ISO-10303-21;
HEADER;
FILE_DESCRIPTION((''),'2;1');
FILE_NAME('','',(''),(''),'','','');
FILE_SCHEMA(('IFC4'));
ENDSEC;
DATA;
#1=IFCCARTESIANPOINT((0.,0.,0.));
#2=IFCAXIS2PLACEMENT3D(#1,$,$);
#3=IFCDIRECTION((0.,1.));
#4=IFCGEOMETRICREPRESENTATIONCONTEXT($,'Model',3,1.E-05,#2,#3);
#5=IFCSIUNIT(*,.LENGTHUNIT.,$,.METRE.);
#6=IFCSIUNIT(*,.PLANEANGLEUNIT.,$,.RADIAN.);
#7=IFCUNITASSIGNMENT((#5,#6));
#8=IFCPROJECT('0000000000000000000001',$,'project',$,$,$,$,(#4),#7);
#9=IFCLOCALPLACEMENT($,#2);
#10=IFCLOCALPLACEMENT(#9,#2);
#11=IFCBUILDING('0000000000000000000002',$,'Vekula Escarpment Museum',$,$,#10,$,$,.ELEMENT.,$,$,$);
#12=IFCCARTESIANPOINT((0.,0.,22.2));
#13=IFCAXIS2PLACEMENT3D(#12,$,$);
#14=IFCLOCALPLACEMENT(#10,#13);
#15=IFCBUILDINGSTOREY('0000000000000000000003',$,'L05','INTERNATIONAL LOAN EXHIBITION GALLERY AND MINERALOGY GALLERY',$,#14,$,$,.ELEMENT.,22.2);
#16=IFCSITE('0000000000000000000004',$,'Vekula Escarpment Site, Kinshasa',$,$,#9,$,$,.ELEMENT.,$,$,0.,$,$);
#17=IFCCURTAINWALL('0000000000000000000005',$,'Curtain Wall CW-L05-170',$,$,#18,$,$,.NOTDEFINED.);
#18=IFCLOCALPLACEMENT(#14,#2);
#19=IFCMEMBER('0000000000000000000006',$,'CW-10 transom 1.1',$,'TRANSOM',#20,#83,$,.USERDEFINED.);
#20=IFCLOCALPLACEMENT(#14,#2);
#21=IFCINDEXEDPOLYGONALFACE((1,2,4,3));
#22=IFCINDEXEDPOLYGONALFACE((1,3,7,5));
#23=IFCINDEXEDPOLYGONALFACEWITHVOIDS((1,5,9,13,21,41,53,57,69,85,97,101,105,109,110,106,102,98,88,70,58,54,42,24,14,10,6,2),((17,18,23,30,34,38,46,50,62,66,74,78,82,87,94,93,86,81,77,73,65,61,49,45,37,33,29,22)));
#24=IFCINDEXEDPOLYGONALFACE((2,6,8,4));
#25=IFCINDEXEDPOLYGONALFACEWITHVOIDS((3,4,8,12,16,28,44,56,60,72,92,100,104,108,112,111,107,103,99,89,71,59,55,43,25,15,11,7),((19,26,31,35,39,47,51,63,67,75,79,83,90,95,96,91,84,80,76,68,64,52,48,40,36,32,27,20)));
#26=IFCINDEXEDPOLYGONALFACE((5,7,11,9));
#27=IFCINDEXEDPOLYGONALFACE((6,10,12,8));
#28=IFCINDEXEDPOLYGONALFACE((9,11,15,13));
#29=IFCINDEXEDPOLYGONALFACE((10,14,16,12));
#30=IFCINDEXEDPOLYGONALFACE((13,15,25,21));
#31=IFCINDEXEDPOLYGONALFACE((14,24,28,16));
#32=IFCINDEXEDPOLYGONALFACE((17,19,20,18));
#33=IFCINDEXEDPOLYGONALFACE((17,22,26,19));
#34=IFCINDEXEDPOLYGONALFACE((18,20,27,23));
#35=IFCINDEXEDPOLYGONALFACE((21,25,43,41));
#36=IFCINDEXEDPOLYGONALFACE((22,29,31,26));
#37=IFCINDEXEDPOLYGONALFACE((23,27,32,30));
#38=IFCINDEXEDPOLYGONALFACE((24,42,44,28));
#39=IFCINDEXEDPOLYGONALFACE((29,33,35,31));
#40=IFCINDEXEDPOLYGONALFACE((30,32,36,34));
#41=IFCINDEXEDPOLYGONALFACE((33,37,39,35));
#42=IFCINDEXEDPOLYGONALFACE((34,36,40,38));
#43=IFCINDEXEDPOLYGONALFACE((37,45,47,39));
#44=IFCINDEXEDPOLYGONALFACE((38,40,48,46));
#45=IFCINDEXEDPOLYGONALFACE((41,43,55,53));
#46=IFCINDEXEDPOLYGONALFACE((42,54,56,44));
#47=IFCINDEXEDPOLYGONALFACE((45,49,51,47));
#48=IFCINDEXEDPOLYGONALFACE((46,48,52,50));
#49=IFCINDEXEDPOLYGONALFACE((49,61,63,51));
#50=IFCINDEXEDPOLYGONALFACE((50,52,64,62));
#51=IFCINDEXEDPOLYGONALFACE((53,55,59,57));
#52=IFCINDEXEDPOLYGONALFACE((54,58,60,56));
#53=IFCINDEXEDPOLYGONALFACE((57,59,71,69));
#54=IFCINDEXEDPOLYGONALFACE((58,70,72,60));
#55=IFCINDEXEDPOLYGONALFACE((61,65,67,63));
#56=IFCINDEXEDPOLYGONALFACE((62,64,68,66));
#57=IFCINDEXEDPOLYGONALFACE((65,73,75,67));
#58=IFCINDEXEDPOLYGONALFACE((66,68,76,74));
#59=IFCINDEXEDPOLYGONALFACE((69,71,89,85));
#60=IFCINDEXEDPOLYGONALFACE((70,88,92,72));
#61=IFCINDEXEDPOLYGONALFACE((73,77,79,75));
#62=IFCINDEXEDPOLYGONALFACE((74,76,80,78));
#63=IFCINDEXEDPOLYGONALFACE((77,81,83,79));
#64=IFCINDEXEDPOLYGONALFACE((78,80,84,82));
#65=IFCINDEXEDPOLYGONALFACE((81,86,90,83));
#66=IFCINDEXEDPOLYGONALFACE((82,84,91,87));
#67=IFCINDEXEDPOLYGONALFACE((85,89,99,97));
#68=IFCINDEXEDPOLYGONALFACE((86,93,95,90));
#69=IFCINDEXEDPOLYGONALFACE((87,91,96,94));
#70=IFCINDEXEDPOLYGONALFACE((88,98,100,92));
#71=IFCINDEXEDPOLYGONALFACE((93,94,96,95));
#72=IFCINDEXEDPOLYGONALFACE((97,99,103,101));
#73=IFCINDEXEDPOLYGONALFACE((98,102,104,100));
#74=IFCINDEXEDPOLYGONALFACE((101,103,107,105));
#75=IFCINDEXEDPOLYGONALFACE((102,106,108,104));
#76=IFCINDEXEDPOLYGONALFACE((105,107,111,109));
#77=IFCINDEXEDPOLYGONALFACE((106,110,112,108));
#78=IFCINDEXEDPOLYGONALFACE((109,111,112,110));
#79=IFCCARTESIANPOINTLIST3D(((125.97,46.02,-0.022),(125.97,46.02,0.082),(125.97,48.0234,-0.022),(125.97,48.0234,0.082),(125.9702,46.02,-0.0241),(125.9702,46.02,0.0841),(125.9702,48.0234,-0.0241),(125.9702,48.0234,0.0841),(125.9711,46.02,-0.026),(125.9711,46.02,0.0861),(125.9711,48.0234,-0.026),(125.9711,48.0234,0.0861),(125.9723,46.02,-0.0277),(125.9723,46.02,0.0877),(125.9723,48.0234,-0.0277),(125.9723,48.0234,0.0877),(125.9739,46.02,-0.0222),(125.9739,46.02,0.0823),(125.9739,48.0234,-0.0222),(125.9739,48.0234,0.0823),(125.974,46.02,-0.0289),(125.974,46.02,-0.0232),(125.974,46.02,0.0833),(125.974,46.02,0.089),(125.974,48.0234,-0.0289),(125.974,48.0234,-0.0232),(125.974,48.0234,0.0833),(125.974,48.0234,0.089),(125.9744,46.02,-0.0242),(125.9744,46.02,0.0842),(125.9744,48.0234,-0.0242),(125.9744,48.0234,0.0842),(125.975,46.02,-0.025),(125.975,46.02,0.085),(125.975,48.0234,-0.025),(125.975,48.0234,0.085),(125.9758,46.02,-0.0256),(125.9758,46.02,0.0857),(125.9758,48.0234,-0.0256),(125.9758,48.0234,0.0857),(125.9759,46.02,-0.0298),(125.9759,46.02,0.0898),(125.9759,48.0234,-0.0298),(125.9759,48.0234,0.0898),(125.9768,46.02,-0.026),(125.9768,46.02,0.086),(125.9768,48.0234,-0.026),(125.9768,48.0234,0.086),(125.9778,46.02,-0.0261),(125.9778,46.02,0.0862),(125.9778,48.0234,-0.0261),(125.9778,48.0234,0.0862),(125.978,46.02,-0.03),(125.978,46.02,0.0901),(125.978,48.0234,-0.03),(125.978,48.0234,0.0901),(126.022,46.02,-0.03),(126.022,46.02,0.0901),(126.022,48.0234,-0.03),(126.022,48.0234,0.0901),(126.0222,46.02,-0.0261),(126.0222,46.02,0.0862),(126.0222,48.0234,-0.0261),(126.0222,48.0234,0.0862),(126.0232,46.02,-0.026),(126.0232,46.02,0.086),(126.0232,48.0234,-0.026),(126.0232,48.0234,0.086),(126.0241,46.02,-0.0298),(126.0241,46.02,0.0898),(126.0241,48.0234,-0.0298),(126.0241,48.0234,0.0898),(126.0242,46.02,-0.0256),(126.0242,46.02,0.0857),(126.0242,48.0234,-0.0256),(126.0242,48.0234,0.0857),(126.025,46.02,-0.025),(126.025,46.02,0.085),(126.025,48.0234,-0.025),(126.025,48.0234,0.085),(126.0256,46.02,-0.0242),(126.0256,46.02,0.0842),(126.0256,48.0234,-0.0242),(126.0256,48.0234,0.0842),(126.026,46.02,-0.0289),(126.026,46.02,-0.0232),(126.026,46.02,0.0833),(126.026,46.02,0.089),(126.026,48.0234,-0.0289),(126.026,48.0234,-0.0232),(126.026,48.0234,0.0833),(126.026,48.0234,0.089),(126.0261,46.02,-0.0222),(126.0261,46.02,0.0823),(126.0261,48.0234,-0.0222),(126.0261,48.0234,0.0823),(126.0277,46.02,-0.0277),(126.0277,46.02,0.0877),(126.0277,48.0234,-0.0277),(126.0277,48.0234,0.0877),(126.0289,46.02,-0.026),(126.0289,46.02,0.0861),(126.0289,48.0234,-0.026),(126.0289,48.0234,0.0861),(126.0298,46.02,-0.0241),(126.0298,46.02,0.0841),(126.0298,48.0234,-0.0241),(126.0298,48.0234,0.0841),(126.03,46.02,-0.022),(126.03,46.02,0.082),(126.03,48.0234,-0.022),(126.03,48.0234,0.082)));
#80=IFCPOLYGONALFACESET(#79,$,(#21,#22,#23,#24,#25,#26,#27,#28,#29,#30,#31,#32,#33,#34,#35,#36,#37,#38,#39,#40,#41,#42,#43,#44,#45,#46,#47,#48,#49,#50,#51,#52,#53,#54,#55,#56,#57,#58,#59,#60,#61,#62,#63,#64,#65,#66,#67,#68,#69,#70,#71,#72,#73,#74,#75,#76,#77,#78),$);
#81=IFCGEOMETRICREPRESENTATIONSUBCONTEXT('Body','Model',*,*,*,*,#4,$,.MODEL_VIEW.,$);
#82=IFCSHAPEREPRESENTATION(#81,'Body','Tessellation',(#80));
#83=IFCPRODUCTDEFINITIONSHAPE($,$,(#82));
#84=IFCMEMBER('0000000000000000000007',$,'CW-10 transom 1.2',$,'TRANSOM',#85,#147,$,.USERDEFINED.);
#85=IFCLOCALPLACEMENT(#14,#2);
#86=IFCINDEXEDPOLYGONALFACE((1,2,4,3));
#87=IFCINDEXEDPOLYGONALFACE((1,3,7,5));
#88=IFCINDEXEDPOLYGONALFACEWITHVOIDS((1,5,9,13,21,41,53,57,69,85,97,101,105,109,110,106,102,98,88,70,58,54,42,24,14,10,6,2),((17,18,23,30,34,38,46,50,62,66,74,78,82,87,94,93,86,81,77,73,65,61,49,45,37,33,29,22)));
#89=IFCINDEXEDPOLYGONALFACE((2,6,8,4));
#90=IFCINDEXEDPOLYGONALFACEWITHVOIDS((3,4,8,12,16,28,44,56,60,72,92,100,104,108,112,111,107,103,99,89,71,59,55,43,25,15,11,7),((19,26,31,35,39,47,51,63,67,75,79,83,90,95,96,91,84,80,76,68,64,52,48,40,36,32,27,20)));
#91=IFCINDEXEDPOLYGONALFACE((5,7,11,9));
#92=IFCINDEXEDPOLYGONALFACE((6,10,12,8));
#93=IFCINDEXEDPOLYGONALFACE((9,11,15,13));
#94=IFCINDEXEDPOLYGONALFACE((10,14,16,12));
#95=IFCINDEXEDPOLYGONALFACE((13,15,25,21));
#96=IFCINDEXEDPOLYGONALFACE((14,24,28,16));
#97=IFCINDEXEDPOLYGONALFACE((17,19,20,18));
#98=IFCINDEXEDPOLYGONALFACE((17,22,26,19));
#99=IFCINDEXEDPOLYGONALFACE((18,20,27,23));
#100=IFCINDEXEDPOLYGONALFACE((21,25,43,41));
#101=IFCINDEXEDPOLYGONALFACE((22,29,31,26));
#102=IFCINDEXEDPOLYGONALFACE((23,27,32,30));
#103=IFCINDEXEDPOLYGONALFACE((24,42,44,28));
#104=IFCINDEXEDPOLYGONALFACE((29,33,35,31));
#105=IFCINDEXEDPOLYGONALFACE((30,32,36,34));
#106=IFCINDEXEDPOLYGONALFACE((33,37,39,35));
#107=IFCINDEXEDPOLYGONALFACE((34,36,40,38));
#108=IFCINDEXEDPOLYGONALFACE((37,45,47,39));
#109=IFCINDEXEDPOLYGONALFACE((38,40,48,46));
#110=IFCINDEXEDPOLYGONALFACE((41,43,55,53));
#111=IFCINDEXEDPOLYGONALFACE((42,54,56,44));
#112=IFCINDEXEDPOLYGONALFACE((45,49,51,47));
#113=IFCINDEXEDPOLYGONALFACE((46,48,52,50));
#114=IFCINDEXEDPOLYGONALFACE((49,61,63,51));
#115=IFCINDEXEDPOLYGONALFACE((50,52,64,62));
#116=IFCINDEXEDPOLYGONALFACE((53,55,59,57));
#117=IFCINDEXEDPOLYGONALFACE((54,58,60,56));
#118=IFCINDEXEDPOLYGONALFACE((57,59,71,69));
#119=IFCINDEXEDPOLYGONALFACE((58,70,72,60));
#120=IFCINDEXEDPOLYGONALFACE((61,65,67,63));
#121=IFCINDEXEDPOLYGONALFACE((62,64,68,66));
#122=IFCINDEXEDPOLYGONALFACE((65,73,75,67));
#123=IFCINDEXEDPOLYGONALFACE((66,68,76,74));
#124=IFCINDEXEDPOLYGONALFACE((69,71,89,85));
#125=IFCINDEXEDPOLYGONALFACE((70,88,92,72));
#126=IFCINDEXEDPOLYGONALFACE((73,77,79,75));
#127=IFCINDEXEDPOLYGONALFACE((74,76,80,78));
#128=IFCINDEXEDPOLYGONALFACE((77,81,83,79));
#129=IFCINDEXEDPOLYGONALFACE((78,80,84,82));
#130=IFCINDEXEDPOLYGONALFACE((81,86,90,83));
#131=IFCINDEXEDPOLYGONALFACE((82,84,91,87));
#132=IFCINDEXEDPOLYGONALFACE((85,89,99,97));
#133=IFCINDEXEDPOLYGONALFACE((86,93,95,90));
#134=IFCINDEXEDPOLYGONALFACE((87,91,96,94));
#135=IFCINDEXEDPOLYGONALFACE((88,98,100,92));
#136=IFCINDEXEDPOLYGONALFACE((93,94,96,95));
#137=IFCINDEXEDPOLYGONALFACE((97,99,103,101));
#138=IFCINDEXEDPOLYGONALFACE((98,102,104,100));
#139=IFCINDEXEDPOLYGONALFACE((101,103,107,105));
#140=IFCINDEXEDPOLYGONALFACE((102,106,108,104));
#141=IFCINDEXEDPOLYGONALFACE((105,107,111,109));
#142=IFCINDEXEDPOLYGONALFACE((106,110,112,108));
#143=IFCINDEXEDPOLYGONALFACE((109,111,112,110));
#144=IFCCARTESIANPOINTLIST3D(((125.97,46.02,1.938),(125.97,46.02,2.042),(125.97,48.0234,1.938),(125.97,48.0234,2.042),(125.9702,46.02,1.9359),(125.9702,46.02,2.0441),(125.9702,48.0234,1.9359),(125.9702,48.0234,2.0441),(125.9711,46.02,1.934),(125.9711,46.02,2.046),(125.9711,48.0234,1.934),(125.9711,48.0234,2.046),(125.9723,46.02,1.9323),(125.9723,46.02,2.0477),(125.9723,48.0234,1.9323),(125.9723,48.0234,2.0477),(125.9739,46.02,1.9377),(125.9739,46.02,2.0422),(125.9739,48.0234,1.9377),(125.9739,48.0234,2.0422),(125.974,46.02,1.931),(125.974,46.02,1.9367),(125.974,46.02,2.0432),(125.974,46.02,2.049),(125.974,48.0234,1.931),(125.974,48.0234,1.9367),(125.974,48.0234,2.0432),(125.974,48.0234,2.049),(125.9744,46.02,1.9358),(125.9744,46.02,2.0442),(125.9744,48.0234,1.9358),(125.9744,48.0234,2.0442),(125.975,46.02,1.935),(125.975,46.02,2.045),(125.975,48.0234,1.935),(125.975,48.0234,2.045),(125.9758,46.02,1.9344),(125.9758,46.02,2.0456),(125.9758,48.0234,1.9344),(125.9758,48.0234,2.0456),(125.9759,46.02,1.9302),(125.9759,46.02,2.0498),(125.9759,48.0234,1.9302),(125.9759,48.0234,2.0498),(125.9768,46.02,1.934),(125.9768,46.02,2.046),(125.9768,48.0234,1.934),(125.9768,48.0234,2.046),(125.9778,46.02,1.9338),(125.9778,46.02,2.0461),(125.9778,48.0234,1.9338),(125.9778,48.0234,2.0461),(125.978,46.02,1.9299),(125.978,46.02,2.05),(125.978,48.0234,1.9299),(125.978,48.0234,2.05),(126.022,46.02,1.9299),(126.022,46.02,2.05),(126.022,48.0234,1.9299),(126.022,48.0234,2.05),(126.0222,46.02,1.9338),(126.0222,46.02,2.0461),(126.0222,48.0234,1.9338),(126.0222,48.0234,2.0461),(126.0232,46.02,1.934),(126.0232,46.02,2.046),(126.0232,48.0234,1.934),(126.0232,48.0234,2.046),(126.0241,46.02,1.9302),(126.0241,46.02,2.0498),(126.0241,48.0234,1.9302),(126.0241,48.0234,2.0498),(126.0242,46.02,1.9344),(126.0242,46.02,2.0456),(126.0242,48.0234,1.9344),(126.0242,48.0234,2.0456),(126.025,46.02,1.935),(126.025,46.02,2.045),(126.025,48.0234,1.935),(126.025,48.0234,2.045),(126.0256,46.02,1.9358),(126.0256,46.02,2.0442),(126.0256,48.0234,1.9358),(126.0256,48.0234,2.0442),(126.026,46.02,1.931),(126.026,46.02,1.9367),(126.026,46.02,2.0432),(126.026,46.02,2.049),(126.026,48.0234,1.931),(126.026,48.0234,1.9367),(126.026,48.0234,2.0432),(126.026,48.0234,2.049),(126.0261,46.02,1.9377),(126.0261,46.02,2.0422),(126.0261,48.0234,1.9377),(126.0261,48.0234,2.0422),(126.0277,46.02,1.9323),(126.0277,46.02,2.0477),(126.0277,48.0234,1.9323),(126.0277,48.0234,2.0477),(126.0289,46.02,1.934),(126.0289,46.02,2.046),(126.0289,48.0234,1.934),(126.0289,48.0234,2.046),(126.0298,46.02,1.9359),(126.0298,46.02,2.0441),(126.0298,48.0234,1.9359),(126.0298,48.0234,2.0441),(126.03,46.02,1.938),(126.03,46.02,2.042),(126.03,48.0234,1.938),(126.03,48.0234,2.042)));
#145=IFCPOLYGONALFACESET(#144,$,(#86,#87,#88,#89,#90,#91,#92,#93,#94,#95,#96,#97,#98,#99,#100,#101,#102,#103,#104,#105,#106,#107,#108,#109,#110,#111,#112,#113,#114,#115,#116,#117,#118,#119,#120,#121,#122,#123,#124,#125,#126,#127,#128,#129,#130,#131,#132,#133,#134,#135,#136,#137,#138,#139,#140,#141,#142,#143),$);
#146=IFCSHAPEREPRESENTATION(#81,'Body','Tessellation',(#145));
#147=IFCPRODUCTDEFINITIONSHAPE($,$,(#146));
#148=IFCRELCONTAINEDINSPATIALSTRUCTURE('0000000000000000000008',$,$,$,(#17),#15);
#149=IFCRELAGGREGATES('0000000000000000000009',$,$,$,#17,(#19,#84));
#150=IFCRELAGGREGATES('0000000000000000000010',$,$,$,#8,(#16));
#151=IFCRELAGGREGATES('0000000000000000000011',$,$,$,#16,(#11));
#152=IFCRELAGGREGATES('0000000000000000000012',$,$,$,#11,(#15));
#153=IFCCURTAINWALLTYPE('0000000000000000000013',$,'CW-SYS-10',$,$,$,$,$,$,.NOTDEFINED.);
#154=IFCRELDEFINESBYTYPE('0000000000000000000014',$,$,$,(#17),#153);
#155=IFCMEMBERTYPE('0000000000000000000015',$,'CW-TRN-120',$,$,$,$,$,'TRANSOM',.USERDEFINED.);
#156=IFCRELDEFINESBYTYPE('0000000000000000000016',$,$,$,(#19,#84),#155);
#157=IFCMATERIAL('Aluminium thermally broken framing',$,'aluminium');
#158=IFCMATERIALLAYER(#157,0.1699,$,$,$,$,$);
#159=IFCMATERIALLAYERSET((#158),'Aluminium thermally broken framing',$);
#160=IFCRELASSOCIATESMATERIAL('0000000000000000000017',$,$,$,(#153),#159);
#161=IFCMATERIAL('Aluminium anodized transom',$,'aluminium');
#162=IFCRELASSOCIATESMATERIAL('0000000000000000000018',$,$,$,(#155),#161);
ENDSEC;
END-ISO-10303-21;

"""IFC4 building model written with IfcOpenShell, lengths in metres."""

from ifc_helpers import new_model, si_unit, direction, frame, origin, origin_2d, place, context, subcontext, project, spatial, hollow_rectangle, extrude, material, layer, layer_set, material_profile, profile_set, type_object, element, aggregate, save


model = new_model("IFC4")

# Units and contexts
model_context = context("Model", 3, precision=1e-05, world=origin(), true_north=direction((0.0, 1.0)))
body_context = subcontext(model_context, "Body", "Model", "MODEL_VIEW")
ifc_project = project(units=[si_unit("LENGTHUNIT", "METRE"), si_unit("PLANEANGLEUNIT", "RADIAN")], contexts=[model_context])

# Site, building, storey
site_placement = place(None, origin())
site = spatial("IfcSite", under=ifc_project, at=site_placement, Name="Vekula Escarpment Site, Kinshasa", CompositionType="ELEMENT", RefElevation=0.0)
building_placement = place(site_placement, origin())
building = spatial("IfcBuilding", under=site, at=building_placement, Name="Vekula Escarpment Museum", CompositionType="ELEMENT")
storey_placement = place(building_placement, frame((0.0, 0.0, 22.2)))
storey = spatial("IfcBuildingStorey", under=building, at=storey_placement, Name="L05", Description="INTERNATIONAL LOAN EXHIBITION GALLERY AND MINERALOGY GALLERY", CompositionType="ELEMENT", Elevation=22.2)

# Curtain wall
ifc_material_1 = material(Name="Aluminium thermally broken framing", Category="aluminium")
ifc_layer_1 = layer(ifc_material_1, 0.1699)
ifc_layer_set_1 = layer_set([ifc_layer_1], Name="Aluminium thermally broken framing")
curtain_wall_type_1 = type_object("IfcCurtainWallType", Name="CW-SYS-10", PredefinedType="NOTDEFINED", material=ifc_layer_set_1)
curtain_wall_1_placement = place(storey_placement, origin())
curtain_wall_1 = element("IfcCurtainWall", 1, at=curtain_wall_1_placement, inside=storey, type_object=curtain_wall_type_1, Name="Curtain Wall CW-L05-170", PredefinedType="NOTDEFINED")

# Members
ifc_material_2 = material(Name="Aluminium anodized transom", Category="aluminium")
ifc_material_profile_1 = material_profile(ifc_material_2, hollow_rectangle(XDim=0.0601, YDim=0.1201, WallThickness=0.0039, InnerFilletRadius=0.0039, OuterFilletRadius=0.0081, at=origin_2d()), Name="ALU 120x60x4")
ifc_profile_set_1 = profile_set([ifc_material_profile_1], Name="Aluminium anodized transom")
member_type_1 = type_object("IfcMemberType", Name="CW-TRN-120", ElementType="TRANSOM", PredefinedType="USERDEFINED", material=ifc_profile_set_1)
member_1_placement = place(storey_placement, frame((126.0, 46.02, 0.03), z_axis=(0.0, 1.0, 0.0), x_axis=(-1.0, 0.0, 0.0)))
member_1 = element("IfcMember", 2, at=member_1_placement, type_object=member_type_1, Name="CW-10 transom 1.1", ObjectType="TRANSOM", PredefinedType="USERDEFINED", context=body_context, shape_type="SweptSolid", body=[
    extrude(hollow_rectangle(XDim=0.0601, YDim=0.1201, WallThickness=0.0039, InnerFilletRadius=0.0039, OuterFilletRadius=0.0081, at=origin_2d()), origin(), (0.0, 0.0, 1.0), 2.0034),
])
member_2_placement = place(storey_placement, frame((126.0, 46.02, 1.99), z_axis=(0.0, 1.0, 0.0), x_axis=(-1.0, 0.0, 0.0)))
member_2 = element("IfcMember", 3, at=member_2_placement, type_object=member_type_1, Name="CW-10 transom 1.2", ObjectType="TRANSOM", PredefinedType="USERDEFINED", context=body_context, shape_type="SweptSolid", body=[
    extrude(hollow_rectangle(XDim=0.0601, YDim=0.1201, WallThickness=0.0039, InnerFilletRadius=0.0039, OuterFilletRadius=0.0081, at=origin_2d()), origin(), (0.0, 0.0, 1.0), 2.0034),
])

aggregate(curtain_wall_1, [member_1, member_2])

save(model, "model.ifc")
